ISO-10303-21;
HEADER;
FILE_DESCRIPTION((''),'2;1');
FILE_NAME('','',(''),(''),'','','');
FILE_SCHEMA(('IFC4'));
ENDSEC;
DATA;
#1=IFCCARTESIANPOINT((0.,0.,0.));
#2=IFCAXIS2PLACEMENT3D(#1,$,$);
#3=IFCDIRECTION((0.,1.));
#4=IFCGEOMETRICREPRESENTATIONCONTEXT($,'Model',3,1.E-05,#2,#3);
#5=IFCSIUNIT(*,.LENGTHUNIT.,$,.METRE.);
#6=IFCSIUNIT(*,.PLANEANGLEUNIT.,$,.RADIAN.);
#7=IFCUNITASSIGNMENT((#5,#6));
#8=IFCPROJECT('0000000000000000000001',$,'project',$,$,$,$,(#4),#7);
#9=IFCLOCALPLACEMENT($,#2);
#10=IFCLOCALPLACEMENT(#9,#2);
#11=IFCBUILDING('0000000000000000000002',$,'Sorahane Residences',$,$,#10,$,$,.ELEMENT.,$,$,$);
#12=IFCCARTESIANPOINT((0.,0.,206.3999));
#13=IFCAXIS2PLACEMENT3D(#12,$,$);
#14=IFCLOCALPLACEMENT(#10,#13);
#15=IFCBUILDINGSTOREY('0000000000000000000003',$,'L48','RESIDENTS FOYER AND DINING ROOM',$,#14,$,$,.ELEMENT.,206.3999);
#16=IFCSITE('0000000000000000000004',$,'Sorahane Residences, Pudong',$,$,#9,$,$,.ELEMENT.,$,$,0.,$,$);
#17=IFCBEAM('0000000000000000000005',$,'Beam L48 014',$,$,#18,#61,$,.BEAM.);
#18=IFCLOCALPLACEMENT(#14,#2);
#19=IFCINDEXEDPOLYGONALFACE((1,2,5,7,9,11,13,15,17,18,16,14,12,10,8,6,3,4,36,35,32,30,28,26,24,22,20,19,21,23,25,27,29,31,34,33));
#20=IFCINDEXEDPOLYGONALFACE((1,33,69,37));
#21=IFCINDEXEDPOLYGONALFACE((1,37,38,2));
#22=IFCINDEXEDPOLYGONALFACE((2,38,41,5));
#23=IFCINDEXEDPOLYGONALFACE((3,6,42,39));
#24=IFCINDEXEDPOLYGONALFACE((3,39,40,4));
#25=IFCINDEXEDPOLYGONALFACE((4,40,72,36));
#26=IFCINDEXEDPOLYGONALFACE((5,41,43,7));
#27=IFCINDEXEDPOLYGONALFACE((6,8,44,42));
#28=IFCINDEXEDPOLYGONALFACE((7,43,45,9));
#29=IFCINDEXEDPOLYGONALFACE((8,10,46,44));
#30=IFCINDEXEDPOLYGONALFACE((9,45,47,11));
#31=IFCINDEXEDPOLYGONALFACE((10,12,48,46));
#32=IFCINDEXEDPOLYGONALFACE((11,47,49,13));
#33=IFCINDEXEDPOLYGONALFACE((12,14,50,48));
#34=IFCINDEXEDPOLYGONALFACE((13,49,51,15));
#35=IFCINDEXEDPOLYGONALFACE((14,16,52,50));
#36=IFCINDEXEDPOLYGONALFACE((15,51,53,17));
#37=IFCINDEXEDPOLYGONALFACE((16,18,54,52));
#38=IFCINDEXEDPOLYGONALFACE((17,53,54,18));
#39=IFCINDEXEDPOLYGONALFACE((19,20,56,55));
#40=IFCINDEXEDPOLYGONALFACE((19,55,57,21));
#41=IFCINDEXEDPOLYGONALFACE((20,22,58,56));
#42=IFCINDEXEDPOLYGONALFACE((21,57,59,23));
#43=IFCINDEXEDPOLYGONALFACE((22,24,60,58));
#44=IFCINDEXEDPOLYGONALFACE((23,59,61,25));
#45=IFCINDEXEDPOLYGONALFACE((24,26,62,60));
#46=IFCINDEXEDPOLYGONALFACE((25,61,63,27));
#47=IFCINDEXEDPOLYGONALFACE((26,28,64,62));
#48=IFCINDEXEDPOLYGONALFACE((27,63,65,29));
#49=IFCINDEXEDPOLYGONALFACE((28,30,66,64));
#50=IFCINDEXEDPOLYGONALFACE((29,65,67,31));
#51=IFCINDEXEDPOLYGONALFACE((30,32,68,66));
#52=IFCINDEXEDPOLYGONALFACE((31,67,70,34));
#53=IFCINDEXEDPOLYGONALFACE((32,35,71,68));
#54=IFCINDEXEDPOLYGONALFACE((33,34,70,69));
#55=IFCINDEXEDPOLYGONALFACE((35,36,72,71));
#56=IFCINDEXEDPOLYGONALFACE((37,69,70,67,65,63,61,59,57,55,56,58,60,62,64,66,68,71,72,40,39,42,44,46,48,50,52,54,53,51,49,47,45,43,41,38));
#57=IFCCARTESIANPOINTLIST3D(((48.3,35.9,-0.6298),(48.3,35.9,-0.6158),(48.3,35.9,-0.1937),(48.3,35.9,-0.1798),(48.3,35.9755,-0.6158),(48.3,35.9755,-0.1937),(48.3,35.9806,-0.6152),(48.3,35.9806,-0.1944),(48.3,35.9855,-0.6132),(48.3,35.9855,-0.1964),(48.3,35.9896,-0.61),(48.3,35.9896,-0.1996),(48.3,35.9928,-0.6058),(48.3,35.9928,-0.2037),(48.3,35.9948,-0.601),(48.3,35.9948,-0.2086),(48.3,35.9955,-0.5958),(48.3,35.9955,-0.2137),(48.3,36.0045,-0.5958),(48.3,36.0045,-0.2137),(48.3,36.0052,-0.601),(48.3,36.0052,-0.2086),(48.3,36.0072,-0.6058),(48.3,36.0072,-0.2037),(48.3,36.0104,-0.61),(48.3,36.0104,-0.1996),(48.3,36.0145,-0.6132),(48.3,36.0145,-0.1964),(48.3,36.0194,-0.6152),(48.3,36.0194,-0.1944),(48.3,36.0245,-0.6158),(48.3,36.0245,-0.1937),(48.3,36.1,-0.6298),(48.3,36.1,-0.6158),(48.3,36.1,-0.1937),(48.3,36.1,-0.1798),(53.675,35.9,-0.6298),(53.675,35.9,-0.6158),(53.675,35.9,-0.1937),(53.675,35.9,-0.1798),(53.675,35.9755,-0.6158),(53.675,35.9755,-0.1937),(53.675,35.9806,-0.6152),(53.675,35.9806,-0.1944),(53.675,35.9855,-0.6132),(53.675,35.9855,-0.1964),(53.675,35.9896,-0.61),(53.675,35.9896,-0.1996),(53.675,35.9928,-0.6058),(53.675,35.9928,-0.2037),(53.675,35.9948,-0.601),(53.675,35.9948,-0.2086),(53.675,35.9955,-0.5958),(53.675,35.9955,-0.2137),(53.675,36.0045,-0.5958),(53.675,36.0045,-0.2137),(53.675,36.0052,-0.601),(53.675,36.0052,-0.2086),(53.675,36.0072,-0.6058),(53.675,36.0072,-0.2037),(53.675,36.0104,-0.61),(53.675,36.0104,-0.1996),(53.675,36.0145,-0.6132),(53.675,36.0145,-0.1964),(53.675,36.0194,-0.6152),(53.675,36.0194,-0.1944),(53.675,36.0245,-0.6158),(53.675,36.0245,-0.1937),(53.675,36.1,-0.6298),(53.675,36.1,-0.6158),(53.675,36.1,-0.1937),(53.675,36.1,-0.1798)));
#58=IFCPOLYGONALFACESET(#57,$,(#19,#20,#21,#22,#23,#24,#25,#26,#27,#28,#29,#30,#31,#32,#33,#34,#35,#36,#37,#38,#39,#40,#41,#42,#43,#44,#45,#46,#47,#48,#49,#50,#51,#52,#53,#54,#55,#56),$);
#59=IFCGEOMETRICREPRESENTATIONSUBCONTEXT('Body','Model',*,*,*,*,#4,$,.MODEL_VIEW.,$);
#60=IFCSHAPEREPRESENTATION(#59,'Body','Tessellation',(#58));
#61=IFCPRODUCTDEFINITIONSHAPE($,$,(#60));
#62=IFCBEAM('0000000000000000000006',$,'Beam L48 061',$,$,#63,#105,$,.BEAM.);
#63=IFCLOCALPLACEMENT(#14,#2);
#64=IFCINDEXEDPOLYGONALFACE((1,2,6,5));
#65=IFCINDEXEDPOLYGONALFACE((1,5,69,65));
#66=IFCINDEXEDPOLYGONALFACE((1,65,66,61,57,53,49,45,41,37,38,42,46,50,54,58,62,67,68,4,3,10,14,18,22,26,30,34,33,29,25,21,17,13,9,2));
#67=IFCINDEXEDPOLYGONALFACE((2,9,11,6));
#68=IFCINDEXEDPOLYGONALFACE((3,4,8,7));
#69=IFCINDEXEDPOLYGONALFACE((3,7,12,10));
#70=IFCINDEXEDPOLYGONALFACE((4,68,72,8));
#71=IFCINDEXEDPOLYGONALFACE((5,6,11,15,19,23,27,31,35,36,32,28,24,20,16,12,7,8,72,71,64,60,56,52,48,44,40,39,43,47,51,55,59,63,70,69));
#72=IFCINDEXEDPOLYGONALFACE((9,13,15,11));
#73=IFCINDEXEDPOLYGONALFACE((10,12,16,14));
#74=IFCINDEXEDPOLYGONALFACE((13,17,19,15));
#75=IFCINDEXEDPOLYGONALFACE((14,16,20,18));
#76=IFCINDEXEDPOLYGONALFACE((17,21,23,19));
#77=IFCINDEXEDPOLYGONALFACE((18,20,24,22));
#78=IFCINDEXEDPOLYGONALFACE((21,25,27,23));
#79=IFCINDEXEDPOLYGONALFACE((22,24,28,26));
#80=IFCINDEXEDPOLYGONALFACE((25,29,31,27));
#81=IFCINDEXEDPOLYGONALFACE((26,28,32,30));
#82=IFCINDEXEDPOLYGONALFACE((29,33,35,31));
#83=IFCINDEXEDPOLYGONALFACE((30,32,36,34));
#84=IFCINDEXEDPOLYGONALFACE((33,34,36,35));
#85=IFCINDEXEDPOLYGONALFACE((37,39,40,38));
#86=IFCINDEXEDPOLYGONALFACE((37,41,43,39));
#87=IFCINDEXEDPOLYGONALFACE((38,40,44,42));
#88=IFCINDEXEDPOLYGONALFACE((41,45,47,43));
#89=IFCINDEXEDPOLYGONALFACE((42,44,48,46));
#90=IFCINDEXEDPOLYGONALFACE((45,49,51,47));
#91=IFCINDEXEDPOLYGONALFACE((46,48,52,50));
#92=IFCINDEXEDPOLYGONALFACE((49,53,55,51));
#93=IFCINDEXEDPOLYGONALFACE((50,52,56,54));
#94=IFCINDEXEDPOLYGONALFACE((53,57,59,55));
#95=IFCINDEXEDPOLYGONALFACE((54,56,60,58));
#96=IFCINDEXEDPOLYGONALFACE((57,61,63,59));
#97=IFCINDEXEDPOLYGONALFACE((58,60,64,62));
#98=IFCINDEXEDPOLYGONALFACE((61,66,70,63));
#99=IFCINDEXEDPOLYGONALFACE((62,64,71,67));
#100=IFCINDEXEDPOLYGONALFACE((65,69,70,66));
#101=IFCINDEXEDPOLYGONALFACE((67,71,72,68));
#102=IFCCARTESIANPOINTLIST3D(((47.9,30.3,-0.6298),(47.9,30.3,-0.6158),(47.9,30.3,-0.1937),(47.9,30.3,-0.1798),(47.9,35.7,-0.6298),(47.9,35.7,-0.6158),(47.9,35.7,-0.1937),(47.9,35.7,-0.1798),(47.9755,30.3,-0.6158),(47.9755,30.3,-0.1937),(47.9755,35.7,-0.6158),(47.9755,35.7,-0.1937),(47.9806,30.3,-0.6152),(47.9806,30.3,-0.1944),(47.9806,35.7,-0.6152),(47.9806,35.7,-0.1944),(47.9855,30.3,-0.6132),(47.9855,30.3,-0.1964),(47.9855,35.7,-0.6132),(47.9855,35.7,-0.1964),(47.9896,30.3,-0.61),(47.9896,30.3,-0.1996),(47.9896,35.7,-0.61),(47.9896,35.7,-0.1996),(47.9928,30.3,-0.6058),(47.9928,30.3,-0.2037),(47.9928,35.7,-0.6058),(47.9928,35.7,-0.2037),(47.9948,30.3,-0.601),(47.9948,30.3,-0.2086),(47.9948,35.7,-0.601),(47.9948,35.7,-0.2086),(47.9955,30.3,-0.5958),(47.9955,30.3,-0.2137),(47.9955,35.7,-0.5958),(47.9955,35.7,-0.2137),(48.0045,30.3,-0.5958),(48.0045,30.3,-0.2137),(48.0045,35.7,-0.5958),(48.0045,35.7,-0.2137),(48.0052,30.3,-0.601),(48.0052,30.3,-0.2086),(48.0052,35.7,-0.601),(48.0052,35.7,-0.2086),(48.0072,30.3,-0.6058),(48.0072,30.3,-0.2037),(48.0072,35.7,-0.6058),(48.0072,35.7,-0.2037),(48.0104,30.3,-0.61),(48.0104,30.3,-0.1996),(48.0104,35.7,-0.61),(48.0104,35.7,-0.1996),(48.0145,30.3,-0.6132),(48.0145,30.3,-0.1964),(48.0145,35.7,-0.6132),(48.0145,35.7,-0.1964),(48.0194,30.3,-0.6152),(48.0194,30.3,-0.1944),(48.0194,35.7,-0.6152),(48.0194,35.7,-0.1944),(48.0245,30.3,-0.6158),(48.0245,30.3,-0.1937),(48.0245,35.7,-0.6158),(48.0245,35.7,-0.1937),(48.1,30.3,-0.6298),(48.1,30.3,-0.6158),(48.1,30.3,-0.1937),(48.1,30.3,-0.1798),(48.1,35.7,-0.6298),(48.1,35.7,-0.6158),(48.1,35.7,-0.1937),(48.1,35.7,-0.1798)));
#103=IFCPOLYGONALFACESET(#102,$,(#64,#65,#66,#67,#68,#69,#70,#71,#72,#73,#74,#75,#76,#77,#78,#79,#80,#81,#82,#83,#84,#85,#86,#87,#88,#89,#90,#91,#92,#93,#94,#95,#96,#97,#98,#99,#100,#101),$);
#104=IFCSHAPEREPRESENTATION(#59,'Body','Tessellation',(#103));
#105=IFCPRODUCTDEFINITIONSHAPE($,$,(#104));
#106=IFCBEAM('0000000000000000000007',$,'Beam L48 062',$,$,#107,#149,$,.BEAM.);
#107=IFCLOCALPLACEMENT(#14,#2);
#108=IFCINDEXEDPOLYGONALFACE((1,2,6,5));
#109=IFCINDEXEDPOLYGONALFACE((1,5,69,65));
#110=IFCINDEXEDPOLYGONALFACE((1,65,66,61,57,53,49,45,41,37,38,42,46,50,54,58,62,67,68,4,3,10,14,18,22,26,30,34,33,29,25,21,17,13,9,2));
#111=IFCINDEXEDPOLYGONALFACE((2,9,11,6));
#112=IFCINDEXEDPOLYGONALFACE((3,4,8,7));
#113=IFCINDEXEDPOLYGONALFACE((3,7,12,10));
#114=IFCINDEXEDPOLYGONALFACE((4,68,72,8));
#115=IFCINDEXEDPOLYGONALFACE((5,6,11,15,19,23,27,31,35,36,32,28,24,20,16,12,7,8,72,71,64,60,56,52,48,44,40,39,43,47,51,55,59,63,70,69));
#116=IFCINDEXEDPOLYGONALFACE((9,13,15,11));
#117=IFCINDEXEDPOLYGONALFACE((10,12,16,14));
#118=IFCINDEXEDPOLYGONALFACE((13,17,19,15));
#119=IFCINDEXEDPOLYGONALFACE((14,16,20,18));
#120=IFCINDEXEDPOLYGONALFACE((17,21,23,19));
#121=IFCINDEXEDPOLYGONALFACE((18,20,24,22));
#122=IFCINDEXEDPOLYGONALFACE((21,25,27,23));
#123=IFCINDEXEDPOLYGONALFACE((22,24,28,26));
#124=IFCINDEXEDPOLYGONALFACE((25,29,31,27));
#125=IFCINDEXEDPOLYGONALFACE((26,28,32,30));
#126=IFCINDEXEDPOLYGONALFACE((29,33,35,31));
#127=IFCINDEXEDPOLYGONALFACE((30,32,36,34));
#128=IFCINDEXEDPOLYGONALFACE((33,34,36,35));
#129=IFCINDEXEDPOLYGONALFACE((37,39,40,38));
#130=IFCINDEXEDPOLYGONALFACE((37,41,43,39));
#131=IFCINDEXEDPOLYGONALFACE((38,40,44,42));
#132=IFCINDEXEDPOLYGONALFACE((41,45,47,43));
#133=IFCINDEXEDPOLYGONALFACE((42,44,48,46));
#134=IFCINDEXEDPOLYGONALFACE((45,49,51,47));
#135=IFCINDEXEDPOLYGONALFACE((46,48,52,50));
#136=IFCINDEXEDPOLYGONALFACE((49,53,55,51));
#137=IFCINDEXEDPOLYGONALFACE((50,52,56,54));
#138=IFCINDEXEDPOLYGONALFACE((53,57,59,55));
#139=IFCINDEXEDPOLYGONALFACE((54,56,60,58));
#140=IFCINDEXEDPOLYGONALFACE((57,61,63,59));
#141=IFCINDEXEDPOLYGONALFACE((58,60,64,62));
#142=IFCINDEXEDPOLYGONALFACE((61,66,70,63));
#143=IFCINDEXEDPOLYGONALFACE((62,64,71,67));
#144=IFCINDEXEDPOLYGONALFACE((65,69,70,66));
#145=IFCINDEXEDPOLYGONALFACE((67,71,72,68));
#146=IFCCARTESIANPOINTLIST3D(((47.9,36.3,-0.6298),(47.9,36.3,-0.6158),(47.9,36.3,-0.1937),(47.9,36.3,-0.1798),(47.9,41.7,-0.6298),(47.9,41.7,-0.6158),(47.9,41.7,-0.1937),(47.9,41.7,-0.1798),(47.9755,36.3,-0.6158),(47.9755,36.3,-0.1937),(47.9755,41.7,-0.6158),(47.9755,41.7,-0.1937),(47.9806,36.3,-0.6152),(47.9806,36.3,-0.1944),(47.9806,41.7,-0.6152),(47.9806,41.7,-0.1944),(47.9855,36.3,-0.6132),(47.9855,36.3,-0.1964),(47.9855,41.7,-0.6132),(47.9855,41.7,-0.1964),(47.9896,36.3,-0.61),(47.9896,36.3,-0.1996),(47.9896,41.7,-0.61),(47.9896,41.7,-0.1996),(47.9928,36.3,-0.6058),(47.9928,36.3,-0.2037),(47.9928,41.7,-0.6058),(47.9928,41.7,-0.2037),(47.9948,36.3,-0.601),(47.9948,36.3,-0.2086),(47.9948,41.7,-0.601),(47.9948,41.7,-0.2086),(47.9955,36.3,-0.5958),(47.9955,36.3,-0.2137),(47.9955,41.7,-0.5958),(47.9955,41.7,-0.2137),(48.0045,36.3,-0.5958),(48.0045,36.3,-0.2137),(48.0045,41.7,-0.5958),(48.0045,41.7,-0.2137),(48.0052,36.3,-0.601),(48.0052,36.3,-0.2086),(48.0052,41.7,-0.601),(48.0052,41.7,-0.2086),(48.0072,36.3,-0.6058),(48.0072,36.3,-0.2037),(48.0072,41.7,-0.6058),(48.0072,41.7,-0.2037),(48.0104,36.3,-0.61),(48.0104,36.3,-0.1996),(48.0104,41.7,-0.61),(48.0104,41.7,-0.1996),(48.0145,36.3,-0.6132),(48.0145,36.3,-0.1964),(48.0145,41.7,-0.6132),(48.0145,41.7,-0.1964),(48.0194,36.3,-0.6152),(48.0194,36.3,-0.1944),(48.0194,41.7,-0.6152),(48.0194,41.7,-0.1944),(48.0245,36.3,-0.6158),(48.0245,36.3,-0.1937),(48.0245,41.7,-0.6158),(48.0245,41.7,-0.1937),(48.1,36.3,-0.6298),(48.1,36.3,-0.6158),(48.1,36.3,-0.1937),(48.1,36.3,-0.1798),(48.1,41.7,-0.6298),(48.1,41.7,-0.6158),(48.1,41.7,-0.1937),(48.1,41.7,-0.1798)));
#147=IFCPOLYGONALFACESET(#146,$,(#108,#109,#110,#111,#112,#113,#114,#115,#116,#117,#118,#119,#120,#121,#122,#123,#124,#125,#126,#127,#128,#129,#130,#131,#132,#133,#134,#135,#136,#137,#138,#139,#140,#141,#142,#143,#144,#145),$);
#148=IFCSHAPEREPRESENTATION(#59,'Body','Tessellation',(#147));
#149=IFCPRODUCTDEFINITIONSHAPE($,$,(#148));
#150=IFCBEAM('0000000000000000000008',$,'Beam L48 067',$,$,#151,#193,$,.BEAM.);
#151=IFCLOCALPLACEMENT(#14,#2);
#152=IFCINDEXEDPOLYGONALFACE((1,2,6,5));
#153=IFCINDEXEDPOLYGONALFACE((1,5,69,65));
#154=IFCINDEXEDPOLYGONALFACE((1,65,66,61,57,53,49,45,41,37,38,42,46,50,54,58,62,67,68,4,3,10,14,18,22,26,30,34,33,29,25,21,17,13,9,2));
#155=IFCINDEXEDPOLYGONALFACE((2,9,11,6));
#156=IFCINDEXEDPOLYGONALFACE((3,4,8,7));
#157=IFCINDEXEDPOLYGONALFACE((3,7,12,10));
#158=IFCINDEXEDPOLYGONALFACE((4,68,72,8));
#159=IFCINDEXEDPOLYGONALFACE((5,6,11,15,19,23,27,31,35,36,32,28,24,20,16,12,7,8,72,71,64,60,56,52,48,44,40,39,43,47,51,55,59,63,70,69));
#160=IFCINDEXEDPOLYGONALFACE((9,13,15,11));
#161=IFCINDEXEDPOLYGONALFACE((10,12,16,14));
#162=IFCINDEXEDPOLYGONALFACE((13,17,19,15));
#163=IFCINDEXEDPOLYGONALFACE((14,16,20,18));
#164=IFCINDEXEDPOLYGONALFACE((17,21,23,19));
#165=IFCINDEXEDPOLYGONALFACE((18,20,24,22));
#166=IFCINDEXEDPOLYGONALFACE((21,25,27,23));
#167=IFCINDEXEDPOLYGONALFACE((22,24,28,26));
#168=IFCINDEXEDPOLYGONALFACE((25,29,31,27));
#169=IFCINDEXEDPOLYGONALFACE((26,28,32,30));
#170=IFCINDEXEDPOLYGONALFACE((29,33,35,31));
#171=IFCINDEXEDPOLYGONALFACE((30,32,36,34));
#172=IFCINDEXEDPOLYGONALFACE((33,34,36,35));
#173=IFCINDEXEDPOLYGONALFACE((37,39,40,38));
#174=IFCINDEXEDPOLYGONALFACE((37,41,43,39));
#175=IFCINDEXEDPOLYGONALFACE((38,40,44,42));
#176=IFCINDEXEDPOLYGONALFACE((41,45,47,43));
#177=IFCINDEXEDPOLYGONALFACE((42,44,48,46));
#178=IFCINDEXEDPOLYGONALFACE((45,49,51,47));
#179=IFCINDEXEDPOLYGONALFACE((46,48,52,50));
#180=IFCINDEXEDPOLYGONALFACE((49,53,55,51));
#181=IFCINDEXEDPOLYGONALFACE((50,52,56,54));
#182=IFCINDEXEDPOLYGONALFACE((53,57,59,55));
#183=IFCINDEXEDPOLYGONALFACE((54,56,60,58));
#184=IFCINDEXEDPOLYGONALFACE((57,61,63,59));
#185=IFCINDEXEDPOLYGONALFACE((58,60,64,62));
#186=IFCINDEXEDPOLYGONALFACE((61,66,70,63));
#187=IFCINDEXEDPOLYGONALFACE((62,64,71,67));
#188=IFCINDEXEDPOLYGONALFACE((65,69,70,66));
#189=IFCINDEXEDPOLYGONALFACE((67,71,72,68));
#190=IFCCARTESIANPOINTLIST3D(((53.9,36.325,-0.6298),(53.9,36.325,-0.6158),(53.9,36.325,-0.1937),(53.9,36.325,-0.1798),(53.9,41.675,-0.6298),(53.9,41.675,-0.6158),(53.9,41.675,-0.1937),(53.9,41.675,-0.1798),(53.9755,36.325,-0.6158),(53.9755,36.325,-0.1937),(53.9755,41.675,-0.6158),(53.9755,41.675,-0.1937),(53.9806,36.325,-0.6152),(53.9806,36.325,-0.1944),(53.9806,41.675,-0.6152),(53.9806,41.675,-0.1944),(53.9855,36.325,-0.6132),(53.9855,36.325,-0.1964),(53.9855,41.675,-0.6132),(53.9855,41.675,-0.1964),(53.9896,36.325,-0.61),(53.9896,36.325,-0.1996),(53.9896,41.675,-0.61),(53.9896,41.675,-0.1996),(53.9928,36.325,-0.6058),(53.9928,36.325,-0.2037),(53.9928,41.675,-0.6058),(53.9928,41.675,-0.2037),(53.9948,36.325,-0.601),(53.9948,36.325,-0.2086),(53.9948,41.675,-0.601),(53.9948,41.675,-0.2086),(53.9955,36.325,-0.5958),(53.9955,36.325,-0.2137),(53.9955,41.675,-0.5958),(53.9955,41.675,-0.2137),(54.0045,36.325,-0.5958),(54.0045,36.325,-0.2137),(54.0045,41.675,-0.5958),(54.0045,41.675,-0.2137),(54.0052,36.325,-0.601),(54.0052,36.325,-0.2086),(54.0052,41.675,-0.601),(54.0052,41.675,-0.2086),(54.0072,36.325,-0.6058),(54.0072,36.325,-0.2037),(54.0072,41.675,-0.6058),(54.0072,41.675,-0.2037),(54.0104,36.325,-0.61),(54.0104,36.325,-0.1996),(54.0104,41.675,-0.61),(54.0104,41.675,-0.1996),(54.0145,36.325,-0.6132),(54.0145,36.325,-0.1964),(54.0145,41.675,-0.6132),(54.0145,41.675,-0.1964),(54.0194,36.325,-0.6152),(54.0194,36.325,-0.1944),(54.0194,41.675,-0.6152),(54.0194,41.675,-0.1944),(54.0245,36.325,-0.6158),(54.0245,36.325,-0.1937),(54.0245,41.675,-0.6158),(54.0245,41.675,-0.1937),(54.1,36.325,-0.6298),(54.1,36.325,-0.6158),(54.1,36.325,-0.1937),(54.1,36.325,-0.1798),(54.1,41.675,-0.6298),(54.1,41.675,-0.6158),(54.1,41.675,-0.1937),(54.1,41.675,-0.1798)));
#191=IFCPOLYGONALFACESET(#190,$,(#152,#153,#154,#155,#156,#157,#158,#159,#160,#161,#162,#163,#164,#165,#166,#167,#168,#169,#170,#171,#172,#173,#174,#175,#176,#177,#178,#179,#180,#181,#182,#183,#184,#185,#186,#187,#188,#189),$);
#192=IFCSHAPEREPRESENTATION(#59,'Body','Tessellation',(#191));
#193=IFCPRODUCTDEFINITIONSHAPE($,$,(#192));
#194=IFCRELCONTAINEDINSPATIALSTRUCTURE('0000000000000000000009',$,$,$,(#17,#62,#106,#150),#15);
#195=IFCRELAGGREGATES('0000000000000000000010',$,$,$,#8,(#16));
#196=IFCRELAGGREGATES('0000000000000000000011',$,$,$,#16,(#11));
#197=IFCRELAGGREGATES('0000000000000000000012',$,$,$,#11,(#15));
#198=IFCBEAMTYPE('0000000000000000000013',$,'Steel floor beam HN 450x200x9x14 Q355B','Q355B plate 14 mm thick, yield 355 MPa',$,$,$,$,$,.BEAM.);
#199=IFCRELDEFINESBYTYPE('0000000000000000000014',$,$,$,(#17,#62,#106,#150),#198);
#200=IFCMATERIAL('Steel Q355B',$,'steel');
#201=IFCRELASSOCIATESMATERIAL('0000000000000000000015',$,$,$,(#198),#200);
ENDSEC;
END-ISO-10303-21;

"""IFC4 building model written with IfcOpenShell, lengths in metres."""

from ifc_helpers import new_model, si_unit, direction, frame, origin, origin_2d, place, context, subcontext, project, spatial, i_section, extrude, material, material_profile, profile_set, type_object, element, save


model = new_model("IFC4")

# Units and contexts
model_context = context("Model", 3, precision=1e-05, world=origin(), true_north=direction((0.0, 1.0)))
body_context = subcontext(model_context, "Body", "Model", "MODEL_VIEW")
ifc_project = project(units=[si_unit("LENGTHUNIT", "METRE"), si_unit("PLANEANGLEUNIT", "RADIAN")], contexts=[model_context])

# Site, building, storey
site_placement = place(None, origin())
site = spatial("IfcSite", under=ifc_project, at=site_placement, Name="Sorahane Residences, Pudong", CompositionType="ELEMENT", RefElevation=0.0)
building_placement = place(site_placement, origin())
building = spatial("IfcBuilding", under=site, at=building_placement, Name="Sorahane Residences", CompositionType="ELEMENT")
storey_placement = place(building_placement, frame((0.0, 0.0, 206.3999)))
storey = spatial("IfcBuildingStorey", under=building, at=storey_placement, Name="L48", Description="RESIDENTS FOYER AND DINING ROOM", CompositionType="ELEMENT", Elevation=206.3999)

# Beams
ifc_material_1 = material(Name="Steel Q355B", Category="steel")
ifc_material_profile_1 = material_profile(ifc_material_1, i_section(OverallWidth=0.2, OverallDepth=0.45, WebThickness=0.009, FlangeThickness=0.0139, FilletRadius=0.02, at=origin_2d()), Name="HN 450x200x9x14")
ifc_profile_set_1 = profile_set([ifc_material_profile_1], Name="Steel Q355B")
beam_type_1 = type_object("IfcBeamType", Name="Steel floor beam HN 450x200x9x14 Q355B", Description="Q355B plate 14 mm thick, yield 355 MPa", PredefinedType="BEAM", material=ifc_profile_set_1)
beam_1_placement = place(storey_placement, frame((48.3, 36.0, -0.4048), z_axis=(1.0, 0.0, 0.0), x_axis=(0.0, 1.0, 0.0)))
element("IfcBeam", 1, at=beam_1_placement, inside=storey, type_object=beam_type_1, Name="Beam L48 014", PredefinedType="BEAM", context=body_context, shape_type="SweptSolid", body=[
    extrude(i_section(OverallWidth=0.2, OverallDepth=0.45, WebThickness=0.009, FlangeThickness=0.0139, FilletRadius=0.02, at=origin_2d()), origin(), (0.0, 0.0, 1.0), 5.375),
])
for number, where, z_axis, x_axis, name in (
    (2, (48.0, 30.3, -0.4048), (0.0, 1.0, 0.0), (-1.0, 0.0, 0.0), "Beam L48 061"),
    (3, (48.0, 36.3, -0.4048), (0.0, 1.0, 0.0), (-1.0, 0.0, 0.0), "Beam L48 062"),
):
    element("IfcBeam", number, at=place(storey_placement, frame(where, z_axis=z_axis, x_axis=x_axis)), inside=storey, type_object=beam_type_1, Name=name, PredefinedType="BEAM", context=body_context, shape_type="SweptSolid", body=[
        extrude(i_section(OverallWidth=0.2, OverallDepth=0.45, WebThickness=0.009, FlangeThickness=0.0139, FilletRadius=0.02, at=origin_2d()), origin(), (0.0, 0.0, 1.0), 5.3999),
    ])
beam_2_placement = place(storey_placement, frame((54.0, 36.325, -0.4048), z_axis=(0.0, 1.0, 0.0), x_axis=(-1.0, 0.0, 0.0)))
element("IfcBeam", 4, at=beam_2_placement, inside=storey, type_object=beam_type_1, Name="Beam L48 067", PredefinedType="BEAM", context=body_context, shape_type="SweptSolid", body=[
    extrude(i_section(OverallWidth=0.2, OverallDepth=0.45, WebThickness=0.009, FlangeThickness=0.0139, FilletRadius=0.02, at=origin_2d()), origin(), (0.0, 0.0, 1.0), 5.3501),
])

save(model, "model.ifc")
